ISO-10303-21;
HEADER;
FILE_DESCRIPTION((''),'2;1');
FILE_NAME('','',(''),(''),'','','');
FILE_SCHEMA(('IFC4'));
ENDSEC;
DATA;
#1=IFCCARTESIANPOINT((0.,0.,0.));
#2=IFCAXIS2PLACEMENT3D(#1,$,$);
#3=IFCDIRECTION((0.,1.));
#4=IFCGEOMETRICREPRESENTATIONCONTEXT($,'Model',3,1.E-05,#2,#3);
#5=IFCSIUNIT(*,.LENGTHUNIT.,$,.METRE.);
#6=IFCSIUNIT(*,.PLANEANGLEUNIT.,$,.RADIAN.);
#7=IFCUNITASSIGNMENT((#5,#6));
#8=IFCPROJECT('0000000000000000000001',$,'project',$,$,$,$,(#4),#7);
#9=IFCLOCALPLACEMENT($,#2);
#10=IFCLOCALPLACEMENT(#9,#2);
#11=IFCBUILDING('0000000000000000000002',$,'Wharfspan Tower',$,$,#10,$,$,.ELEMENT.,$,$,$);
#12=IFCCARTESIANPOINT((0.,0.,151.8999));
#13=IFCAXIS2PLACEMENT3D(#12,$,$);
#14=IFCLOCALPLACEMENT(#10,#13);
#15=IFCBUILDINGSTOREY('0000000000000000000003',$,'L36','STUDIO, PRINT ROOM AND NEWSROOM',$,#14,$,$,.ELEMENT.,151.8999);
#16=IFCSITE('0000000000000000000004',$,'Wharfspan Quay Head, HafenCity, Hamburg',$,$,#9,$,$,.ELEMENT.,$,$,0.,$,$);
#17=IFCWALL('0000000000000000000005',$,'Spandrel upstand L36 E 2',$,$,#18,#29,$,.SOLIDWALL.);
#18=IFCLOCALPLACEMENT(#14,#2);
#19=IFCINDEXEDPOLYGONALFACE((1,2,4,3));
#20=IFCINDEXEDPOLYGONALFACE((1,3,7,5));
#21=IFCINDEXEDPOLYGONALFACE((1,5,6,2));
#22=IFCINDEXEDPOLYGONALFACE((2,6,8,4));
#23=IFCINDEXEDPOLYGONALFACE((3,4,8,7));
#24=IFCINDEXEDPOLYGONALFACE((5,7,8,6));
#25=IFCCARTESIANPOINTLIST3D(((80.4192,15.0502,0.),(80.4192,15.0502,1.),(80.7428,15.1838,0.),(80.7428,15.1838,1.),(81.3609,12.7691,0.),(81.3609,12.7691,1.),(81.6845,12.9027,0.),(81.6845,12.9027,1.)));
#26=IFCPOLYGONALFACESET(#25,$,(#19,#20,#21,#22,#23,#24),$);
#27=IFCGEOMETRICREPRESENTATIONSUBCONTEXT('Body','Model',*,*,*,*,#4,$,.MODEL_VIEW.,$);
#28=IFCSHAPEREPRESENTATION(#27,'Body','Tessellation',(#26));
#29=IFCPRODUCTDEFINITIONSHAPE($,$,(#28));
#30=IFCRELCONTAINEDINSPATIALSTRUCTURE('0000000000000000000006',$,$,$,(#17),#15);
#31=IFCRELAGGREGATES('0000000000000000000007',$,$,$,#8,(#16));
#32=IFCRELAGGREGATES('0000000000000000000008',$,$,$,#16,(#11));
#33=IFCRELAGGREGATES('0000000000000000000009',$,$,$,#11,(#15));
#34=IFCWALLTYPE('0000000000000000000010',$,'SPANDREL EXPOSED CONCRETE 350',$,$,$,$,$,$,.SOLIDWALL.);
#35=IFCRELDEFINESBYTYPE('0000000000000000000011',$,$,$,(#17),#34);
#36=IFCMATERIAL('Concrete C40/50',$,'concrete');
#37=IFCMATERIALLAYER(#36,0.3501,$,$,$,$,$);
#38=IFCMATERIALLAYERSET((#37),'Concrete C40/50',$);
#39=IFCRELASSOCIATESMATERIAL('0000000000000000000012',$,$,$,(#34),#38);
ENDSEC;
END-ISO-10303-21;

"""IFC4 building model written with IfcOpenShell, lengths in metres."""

from ifc_helpers import new_model, si_unit, direction, frame, frame_2d, origin, place, context, subcontext, project, spatial, rectangle, extrude, material, layer, layer_set, type_object, element, save


model = new_model("IFC4")

# Units and contexts
model_context = context("Model", 3, precision=1e-05, world=origin(), true_north=direction((0.0, 1.0)))
body_context = subcontext(model_context, "Body", "Model", "MODEL_VIEW")
ifc_project = project(units=[si_unit("LENGTHUNIT", "METRE"), si_unit("PLANEANGLEUNIT", "RADIAN")], contexts=[model_context])

# Site, building, storey
site_placement = place(None, origin())
site = spatial("IfcSite", under=ifc_project, at=site_placement, Name="Wharfspan Quay Head, HafenCity, Hamburg", CompositionType="ELEMENT", RefElevation=0.0)
building_placement = place(site_placement, origin())
building = spatial("IfcBuilding", under=site, at=building_placement, Name="Wharfspan Tower", CompositionType="ELEMENT")
storey_placement = place(building_placement, frame((0.0, 0.0, 151.8999)))
storey = spatial("IfcBuildingStorey", under=building, at=storey_placement, Name="L36", Description="STUDIO, PRINT ROOM AND NEWSROOM", CompositionType="ELEMENT", Elevation=151.8999)

# Shared definitions
ifc_material_1 = material(Name="Concrete C40/50", Category="concrete")

# Wall
ifc_layer_1 = layer(ifc_material_1, 0.3501)
ifc_layer_set_1 = layer_set([ifc_layer_1], Name="Concrete C40/50")
wall_type_1 = type_object("IfcWallType", Name="SPANDREL EXPOSED CONCRETE 350", PredefinedType="SOLIDWALL", material=ifc_layer_set_1)
wall_1_placement = place(storey_placement, frame((81.5227, 12.8359, 0.0), z_axis=(0.0, 0.0, 1.0), x_axis=(-0.381585, 0.924332, 0.0)))
element("IfcWall", 1, at=wall_1_placement, inside=storey, type_object=wall_type_1, Name="Spandrel upstand L36 E 2", PredefinedType="SOLIDWALL", context=body_context, shape_type="SweptSolid", body=[
    extrude(rectangle(XDim=2.4678, YDim=0.3501, at=frame_2d((1.2339, 0.0))), origin(), (0.0, 0.0, 1.0), 1.0),
])

save(model, "model.ifc")
